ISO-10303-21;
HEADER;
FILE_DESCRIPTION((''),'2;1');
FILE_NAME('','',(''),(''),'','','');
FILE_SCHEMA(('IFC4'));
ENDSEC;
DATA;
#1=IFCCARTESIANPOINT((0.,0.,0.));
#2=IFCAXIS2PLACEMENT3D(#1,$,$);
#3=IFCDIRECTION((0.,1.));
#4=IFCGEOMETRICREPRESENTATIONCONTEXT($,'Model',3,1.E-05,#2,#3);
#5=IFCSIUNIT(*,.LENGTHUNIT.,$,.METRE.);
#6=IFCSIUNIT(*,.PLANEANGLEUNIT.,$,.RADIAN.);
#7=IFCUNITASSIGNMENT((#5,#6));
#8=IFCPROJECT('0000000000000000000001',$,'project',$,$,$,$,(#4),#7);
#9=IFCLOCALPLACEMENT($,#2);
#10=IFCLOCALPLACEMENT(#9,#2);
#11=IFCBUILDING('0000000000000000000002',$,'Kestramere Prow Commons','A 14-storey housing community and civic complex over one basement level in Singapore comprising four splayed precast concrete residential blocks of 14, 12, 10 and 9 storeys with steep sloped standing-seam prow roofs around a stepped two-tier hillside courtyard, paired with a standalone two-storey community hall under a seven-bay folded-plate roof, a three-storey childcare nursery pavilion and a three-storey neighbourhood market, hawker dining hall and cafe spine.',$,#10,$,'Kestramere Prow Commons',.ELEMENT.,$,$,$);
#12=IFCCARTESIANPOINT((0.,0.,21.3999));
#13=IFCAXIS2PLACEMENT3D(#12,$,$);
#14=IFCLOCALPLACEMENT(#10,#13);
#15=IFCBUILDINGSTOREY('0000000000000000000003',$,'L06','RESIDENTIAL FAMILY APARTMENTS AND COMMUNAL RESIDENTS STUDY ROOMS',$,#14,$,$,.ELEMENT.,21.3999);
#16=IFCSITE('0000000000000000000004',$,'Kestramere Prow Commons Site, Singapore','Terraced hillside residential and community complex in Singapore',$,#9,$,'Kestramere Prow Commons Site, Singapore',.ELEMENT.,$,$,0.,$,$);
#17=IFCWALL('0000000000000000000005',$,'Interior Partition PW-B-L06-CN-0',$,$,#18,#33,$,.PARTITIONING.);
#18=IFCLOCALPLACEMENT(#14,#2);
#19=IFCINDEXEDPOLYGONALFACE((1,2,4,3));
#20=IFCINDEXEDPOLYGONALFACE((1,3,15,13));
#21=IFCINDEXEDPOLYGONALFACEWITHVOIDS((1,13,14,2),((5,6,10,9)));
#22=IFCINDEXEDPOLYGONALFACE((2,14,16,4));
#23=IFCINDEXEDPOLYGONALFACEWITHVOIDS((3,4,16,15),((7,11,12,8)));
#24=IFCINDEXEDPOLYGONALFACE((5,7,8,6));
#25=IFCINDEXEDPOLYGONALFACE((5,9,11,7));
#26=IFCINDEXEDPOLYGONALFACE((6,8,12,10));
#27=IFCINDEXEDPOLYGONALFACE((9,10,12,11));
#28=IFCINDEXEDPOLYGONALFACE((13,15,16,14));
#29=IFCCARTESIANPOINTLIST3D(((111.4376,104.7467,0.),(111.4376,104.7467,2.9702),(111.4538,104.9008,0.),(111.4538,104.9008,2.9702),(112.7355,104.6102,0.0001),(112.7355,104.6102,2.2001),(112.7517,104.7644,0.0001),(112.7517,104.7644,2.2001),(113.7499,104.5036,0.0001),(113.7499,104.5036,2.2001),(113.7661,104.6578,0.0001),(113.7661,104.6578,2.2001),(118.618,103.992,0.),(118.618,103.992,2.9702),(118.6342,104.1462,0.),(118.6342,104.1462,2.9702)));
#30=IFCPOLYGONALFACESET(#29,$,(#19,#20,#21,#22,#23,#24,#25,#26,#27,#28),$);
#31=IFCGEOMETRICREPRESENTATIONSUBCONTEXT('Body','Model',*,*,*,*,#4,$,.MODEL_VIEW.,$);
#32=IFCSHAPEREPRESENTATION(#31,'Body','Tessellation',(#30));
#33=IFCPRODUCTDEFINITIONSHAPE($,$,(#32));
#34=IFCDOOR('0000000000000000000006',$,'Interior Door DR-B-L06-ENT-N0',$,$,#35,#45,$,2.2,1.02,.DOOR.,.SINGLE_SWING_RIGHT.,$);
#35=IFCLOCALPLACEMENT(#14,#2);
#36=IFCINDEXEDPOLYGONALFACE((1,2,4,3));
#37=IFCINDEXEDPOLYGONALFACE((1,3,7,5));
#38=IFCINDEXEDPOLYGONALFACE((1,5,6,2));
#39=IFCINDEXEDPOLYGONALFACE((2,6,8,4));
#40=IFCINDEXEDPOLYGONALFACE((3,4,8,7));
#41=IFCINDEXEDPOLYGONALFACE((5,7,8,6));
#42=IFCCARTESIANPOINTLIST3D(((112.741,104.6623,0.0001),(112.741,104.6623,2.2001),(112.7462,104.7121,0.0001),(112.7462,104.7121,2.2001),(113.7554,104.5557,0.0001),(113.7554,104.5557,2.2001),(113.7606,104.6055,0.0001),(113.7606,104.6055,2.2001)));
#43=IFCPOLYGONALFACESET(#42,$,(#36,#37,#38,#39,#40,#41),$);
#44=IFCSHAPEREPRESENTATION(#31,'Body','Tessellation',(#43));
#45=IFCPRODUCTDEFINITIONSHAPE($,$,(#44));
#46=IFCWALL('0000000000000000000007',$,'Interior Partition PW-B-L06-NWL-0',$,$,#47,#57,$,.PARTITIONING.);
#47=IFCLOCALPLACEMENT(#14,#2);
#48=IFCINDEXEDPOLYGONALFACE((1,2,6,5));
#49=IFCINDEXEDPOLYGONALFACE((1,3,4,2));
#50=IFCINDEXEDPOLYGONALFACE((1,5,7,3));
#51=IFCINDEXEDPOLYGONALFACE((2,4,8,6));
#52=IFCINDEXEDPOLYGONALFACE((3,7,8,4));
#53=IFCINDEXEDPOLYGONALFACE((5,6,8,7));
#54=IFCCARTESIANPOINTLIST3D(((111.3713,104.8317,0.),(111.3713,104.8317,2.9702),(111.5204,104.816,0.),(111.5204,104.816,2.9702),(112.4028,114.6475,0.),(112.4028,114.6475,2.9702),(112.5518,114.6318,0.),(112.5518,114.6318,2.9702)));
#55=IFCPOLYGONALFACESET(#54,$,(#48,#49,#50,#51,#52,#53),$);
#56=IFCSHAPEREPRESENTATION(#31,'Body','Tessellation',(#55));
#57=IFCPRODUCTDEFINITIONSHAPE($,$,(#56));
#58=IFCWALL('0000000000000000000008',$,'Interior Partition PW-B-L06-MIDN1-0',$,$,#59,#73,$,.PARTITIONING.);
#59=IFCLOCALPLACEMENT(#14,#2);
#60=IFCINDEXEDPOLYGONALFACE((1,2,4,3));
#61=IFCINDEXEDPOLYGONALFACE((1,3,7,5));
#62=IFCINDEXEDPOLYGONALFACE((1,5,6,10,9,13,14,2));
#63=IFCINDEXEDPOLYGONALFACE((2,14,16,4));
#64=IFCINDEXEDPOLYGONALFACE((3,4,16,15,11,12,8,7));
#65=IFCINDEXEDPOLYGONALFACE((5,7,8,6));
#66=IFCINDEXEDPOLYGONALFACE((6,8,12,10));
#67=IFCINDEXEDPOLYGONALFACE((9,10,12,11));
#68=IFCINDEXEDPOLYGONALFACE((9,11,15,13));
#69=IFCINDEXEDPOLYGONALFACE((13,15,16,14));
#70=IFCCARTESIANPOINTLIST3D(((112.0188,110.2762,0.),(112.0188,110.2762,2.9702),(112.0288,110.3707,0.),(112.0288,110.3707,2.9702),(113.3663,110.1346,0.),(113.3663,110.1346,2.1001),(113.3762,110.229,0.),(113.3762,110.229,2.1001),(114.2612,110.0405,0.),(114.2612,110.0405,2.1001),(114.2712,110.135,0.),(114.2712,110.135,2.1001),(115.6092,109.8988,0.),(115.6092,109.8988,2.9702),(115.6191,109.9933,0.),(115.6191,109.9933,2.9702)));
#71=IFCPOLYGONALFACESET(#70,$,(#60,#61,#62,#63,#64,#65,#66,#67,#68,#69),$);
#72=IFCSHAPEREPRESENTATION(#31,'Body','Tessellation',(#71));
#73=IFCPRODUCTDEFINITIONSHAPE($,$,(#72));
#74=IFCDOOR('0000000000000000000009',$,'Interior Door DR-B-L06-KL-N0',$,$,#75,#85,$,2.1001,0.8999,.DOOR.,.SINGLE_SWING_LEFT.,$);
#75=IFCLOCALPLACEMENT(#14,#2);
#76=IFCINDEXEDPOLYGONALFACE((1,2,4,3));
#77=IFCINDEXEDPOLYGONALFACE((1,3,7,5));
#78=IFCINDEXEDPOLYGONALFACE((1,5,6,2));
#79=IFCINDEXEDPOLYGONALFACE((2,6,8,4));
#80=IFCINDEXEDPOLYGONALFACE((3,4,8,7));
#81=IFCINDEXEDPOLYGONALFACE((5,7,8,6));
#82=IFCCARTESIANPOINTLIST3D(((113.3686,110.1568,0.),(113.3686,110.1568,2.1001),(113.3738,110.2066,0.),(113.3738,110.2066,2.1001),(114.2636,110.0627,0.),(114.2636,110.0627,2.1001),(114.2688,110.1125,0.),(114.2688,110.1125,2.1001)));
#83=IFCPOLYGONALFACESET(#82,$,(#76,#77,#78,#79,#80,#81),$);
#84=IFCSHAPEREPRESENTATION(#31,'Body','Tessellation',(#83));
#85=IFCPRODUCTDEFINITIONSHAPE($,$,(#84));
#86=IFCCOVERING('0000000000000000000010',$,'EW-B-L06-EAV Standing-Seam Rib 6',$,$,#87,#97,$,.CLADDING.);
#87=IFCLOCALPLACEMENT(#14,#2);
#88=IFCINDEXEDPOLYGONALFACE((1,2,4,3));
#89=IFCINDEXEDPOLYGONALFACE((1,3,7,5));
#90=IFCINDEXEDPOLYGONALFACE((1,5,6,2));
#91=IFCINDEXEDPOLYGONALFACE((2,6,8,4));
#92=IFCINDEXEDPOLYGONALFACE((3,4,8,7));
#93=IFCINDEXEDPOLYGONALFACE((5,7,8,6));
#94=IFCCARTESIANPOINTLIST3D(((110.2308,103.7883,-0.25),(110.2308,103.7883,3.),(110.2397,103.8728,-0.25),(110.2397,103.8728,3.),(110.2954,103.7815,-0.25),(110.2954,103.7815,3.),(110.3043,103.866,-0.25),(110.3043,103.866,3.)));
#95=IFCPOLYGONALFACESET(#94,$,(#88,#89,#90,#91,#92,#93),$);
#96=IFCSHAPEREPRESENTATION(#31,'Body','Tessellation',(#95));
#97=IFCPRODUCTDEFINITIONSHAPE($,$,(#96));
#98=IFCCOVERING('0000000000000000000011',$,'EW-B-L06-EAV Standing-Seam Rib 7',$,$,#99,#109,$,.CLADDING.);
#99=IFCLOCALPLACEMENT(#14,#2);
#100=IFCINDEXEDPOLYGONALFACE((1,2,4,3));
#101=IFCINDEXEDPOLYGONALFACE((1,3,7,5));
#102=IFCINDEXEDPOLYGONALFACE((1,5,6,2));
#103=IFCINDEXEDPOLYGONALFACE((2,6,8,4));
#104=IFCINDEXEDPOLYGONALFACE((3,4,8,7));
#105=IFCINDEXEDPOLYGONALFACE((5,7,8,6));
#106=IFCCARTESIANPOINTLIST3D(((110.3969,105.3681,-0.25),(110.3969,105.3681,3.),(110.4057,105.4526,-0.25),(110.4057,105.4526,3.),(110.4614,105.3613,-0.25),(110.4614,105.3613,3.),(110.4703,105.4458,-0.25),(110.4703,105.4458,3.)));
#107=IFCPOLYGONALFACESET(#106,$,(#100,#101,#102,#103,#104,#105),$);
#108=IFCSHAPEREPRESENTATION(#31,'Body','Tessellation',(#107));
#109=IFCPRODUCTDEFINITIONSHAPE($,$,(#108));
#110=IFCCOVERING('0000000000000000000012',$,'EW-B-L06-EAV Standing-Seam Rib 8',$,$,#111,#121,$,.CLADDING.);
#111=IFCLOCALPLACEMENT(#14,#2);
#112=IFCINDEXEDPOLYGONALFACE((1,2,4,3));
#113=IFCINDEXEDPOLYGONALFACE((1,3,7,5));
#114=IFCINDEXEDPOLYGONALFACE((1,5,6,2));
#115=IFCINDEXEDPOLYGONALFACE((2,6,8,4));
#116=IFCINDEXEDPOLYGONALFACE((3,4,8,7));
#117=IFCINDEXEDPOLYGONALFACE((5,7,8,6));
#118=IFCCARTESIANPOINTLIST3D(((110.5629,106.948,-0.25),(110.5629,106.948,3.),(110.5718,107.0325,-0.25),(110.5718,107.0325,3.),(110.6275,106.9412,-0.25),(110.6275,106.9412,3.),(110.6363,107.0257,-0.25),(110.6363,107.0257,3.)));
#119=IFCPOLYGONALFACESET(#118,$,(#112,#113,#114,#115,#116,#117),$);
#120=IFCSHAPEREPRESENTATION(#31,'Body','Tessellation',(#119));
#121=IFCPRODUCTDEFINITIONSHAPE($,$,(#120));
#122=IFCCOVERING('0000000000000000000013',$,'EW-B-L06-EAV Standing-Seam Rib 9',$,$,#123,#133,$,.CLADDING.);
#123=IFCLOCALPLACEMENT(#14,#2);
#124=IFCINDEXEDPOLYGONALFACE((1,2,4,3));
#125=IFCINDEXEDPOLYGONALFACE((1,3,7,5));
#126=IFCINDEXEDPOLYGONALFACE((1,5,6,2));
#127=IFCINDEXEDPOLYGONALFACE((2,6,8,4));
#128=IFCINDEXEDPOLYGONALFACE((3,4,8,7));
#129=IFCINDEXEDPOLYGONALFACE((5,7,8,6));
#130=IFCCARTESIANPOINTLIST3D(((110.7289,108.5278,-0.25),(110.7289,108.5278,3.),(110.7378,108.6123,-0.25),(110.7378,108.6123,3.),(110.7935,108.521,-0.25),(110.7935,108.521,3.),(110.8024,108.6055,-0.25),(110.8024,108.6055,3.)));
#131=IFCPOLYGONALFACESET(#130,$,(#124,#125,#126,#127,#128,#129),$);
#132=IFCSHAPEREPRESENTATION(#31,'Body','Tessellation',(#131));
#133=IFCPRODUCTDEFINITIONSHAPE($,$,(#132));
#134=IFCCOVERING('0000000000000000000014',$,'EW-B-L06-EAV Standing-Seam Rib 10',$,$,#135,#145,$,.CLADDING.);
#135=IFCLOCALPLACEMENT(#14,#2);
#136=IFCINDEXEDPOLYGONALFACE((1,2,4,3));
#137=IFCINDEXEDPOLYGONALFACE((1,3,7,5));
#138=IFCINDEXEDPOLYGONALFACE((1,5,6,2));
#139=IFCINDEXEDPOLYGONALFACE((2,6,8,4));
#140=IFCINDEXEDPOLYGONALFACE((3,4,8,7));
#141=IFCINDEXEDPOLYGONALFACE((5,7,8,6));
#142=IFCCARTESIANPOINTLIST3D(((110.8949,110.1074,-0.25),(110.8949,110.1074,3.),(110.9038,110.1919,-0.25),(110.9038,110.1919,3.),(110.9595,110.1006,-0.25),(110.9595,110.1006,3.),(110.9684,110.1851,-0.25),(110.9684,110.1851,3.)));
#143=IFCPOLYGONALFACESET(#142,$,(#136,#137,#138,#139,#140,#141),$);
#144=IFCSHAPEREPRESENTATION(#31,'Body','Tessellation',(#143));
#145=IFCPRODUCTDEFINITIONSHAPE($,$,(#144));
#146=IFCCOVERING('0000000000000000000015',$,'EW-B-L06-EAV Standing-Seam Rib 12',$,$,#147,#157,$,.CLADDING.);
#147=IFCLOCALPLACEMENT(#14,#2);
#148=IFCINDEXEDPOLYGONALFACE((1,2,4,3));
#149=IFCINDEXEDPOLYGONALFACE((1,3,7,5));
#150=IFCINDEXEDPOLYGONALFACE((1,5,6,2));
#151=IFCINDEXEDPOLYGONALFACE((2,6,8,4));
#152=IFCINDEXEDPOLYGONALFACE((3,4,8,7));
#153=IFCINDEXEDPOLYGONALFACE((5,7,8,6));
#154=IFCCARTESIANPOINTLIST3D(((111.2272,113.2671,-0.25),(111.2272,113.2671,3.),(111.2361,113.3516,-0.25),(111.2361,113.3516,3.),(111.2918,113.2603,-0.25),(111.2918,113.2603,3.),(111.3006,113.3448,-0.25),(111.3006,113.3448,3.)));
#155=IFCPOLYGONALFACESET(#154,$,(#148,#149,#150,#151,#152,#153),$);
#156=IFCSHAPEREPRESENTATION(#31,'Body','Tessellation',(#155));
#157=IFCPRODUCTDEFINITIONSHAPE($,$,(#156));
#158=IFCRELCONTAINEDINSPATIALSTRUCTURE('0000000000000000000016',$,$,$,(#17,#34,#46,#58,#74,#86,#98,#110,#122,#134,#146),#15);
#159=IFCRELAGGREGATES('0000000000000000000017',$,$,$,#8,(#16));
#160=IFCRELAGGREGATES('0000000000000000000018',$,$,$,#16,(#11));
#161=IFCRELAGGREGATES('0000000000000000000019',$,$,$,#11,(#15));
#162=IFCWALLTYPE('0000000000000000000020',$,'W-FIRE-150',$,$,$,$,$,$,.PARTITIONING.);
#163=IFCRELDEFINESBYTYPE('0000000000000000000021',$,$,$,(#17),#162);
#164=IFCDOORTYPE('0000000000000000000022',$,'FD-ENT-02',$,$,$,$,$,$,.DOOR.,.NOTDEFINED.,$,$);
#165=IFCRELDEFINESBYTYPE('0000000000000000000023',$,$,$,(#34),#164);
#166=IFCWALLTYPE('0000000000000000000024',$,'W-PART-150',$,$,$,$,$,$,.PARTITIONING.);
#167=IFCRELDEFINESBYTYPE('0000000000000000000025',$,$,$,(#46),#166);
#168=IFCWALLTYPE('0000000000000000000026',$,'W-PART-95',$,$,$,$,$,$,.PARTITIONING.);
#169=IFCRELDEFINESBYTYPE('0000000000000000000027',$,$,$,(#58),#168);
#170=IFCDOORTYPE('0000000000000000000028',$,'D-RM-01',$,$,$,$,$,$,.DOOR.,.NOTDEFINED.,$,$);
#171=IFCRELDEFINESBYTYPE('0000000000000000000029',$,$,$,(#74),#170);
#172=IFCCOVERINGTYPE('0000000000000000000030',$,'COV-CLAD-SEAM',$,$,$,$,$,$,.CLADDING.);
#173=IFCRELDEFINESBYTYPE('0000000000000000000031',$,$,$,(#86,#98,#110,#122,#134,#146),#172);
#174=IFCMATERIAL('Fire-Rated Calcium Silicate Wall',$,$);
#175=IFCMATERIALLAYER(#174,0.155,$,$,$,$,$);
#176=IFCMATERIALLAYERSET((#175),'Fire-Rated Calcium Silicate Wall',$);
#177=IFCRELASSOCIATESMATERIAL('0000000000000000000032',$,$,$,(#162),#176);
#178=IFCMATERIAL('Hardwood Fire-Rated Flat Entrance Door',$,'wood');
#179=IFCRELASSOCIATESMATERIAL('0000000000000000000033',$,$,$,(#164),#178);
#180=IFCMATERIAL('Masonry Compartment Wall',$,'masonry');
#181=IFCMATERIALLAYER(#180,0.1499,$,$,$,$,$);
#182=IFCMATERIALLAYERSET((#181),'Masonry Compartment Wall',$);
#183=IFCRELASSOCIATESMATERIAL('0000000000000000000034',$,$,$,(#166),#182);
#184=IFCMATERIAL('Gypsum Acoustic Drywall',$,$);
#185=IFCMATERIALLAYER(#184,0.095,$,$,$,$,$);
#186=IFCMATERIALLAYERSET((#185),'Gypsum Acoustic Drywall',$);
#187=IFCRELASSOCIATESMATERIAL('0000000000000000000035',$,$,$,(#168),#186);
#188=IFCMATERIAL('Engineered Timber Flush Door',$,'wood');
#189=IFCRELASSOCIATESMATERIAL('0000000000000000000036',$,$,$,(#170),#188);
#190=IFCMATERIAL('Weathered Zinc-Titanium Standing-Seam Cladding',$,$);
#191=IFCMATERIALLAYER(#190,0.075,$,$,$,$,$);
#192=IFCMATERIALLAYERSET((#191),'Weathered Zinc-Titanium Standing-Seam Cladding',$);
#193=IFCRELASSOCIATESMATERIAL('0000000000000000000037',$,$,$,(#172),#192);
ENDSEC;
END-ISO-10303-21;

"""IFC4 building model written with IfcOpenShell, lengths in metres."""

from ifc_helpers import new_model, si_unit, direction, frame, frame_2d, origin, origin_2d, place, context, subcontext, project, spatial, rectangle, extrude, material, layer, layer_set, type_object, element, fill, save


model = new_model("IFC4")

# Units and contexts
model_context = context("Model", 3, precision=1e-05, world=origin(), true_north=direction((0.0, 1.0)))
body_context = subcontext(model_context, "Body", "Model", "MODEL_VIEW")
ifc_project = project(units=[si_unit("LENGTHUNIT", "METRE"), si_unit("PLANEANGLEUNIT", "RADIAN")], contexts=[model_context])

# Site, building, storey
site_placement = place(None, origin())
site = spatial("IfcSite", under=ifc_project, at=site_placement, Name="Kestramere Prow Commons Site, Singapore", Description="Terraced hillside residential and community complex in Singapore", LongName="Kestramere Prow Commons Site, Singapore", CompositionType="ELEMENT", RefElevation=0.0)
building_placement = place(site_placement, origin())
building = spatial("IfcBuilding", under=site, at=building_placement, Name="Kestramere Prow Commons", Description="A 14-storey housing community and civic complex over one basement level in Singapore comprising four splayed precast concrete residential blocks of 14, 12, 10 and 9 storeys with steep sloped standing-seam prow roofs around a stepped two-tier hillside courtyard, paired with a standalone two-storey community hall under a seven-bay folded-plate roof, a three-storey childcare nursery pavilion and a three-storey neighbourhood market, hawker dining hall and cafe spine.", LongName="Kestramere Prow Commons", CompositionType="ELEMENT")
storey_placement = place(building_placement, frame((0.0, 0.0, 21.3999)))
storey = spatial("IfcBuildingStorey", under=building, at=storey_placement, Name="L06", Description="RESIDENTIAL FAMILY APARTMENTS AND COMMUNAL RESIDENTS STUDY ROOMS", CompositionType="ELEMENT", Elevation=21.3999)

# Wall, opening, door
ifc_material_1 = material(Name="Fire-Rated Calcium Silicate Wall")
ifc_layer_1 = layer(ifc_material_1, 0.155)
ifc_layer_set_1 = layer_set([ifc_layer_1], Name="Fire-Rated Calcium Silicate Wall")
wall_type_1 = type_object("IfcWallType", Name="W-FIRE-150", PredefinedType="PARTITIONING", material=ifc_layer_set_1)
ifc_material_2 = material(Name="Hardwood Fire-Rated Flat Entrance Door", Category="wood")
wall_1_placement = place(storey_placement, frame((111.4458, 104.8237, 0.0), z_axis=(0.0, 0.0, 1.0), x_axis=(0.994523, -0.104521, 0.0)))
wall_1 = element("IfcWall", 1, at=wall_1_placement, inside=storey, type_object=wall_type_1, Name="Interior Partition PW-B-L06-CN-0", PredefinedType="PARTITIONING", context=body_context, shape_type="SweptSolid", body=[
    extrude(rectangle(XDim=7.22, YDim=0.155, at=frame_2d((3.6099, 0.0))), origin(), (0.0, 0.0, 1.0), 2.9702),
])
opening_1_placement = place(wall_1_placement, frame((1.3049, 0.0, 0.0)))
opening_1 = element("IfcOpeningElement", 2, at=opening_1_placement, cuts=wall_1, PredefinedType="OPENING", context=body_context, shape_type="SweptSolid", body=[
    extrude(rectangle(XDim=1.02, YDim=2.2, at=frame_2d((0.51, 1.1001))), frame((0.0, 0.0925, 0.0), z_axis=(0.0, -1.0, 0.0), x_axis=(1.0, 0.0, 0.0)), (0.0, 0.0, 1.0), 0.1851),
])
door_type_1 = type_object("IfcDoorType", Name="FD-ENT-02", OperationType="NOTDEFINED", PredefinedType="DOOR", material=ifc_material_2)
door_1_placement = place(opening_1_placement, origin())
door_1 = element("IfcDoor", 3, at=door_1_placement, inside=storey, type_object=door_type_1, Name="Interior Door DR-B-L06-ENT-N0", OperationType="SINGLE_SWING_RIGHT", OverallHeight=2.2, OverallWidth=1.02, PredefinedType="DOOR", context=body_context, shape_type="SweptSolid", body=[
    extrude(rectangle(XDim=1.02, YDim=2.2, at=frame_2d((0.51, 1.1001))), frame((0.0, 0.0249, 0.0), z_axis=(0.0, -1.0, 0.0), x_axis=(1.0, 0.0, 0.0)), (0.0, 0.0, 1.0), 0.05),
])
fill(opening_1, door_1)

# Wall
ifc_material_3 = material(Name="Masonry Compartment Wall", Category="masonry")
ifc_layer_2 = layer(ifc_material_3, 0.1499)
ifc_layer_set_2 = layer_set([ifc_layer_2], Name="Masonry Compartment Wall")
wall_type_2 = type_object("IfcWallType", Name="W-PART-150", PredefinedType="PARTITIONING", material=ifc_layer_set_2)
wall_2_placement = place(storey_placement, frame((111.4458, 104.8237, 0.0), z_axis=(0.0, 0.0, 1.0), x_axis=(0.104508, 0.994524, 0.0)))
element("IfcWall", 4, at=wall_2_placement, inside=storey, type_object=wall_type_2, Name="Interior Partition PW-B-L06-NWL-0", PredefinedType="PARTITIONING", context=body_context, shape_type="SweptSolid", body=[
    extrude(rectangle(XDim=9.8699, YDim=0.1499, at=frame_2d((4.9351, 0.0))), origin(), (0.0, 0.0, 1.0), 2.9702),
])

# Wall, opening, door
ifc_material_4 = material(Name="Gypsum Acoustic Drywall")
ifc_layer_3 = layer(ifc_material_4, 0.095)
ifc_layer_set_3 = layer_set([ifc_layer_3], Name="Gypsum Acoustic Drywall")
wall_type_3 = type_object("IfcWallType", Name="W-PART-95", PredefinedType="PARTITIONING", material=ifc_layer_set_3)
wall_3_placement = place(storey_placement, frame((112.0237, 110.3235, 0.0), z_axis=(0.0, 0.0, 1.0), x_axis=(0.99452, -0.104551, 0.0)))
wall_3 = element("IfcWall", 5, at=wall_3_placement, inside=storey, type_object=wall_type_3, Name="Interior Partition PW-B-L06-MIDN1-0", PredefinedType="PARTITIONING", context=body_context, shape_type="SweptSolid", body=[
    extrude(rectangle(XDim=3.6101, YDim=0.095, at=frame_2d((1.8052, 0.0))), origin(), (0.0, 0.0, 1.0), 2.9702),
])
opening_2_placement = place(wall_3_placement, frame((1.355, 0.0, 0.0)))
opening_2 = element("IfcOpeningElement", 6, at=opening_2_placement, cuts=wall_3, PredefinedType="OPENING", context=body_context, shape_type="SweptSolid", body=[
    extrude(rectangle(XDim=0.8999, YDim=2.1001, at=frame_2d((0.45, 1.05))), frame((0.0, 0.0625, 0.0), z_axis=(0.0, -1.0, 0.0), x_axis=(1.0, 0.0, 0.0)), (0.0, 0.0, 1.0), 0.125),
])
ifc_material_5 = material(Name="Engineered Timber Flush Door", Category="wood")
door_type_2 = type_object("IfcDoorType", Name="D-RM-01", OperationType="NOTDEFINED", PredefinedType="DOOR", material=ifc_material_5)
door_2_placement = place(opening_2_placement, origin())
door_2 = element("IfcDoor", 7, at=door_2_placement, inside=storey, type_object=door_type_2, Name="Interior Door DR-B-L06-KL-N0", OperationType="SINGLE_SWING_LEFT", OverallHeight=2.1001, OverallWidth=0.8999, PredefinedType="DOOR", context=body_context, shape_type="SweptSolid", body=[
    extrude(rectangle(XDim=0.8999, YDim=2.1001, at=frame_2d((0.45, 1.05))), frame((0.0, 0.0249, 0.0), z_axis=(0.0, -1.0, 0.0), x_axis=(1.0, 0.0, 0.0)), (0.0, 0.0, 1.0), 0.05),
])
fill(opening_2, door_2)

# Coverings
ifc_material_6 = material(Name="Weathered Zinc-Titanium Standing-Seam Cladding")
ifc_layer_4 = layer(ifc_material_6, 0.075)
ifc_layer_set_4 = layer_set([ifc_layer_4], Name="Weathered Zinc-Titanium Standing-Seam Cladding")
covering_type = type_object("IfcCoveringType", Name="COV-CLAD-SEAM", PredefinedType="CLADDING", material=ifc_layer_set_4)
for number, where, z_axis, x_axis, name in (
    (8, (110.2676, 103.8271, -0.25), (0.0, 0.0, 1.0), (0.104528, 0.994522, 0.0), "EW-B-L06-EAV Standing-Seam Rib 6"),
    (9, (110.4336, 105.407, -0.25), (0.0, 0.0, 1.0), (0.104528, 0.994522, 0.0), "EW-B-L06-EAV Standing-Seam Rib 7"),
    (10, (110.5996, 106.9868, -0.25), (0.0, 0.0, 1.0), (0.104528, 0.994522, 0.0), "EW-B-L06-EAV Standing-Seam Rib 8"),
    (11, (110.7656, 108.5667, -0.25), (0.0, 0.0, 1.0), (0.104528, 0.994522, 0.0), "EW-B-L06-EAV Standing-Seam Rib 9"),
    (12, (110.9316, 110.1462, -0.25), (0.0, 0.0, 1.0), (0.104528, 0.994522, 0.0), "EW-B-L06-EAV Standing-Seam Rib 10"),
    (13, (111.2639, 113.3059, -0.25), (0.0, 0.0, 1.0), (0.104528, 0.994522, 0.0), "EW-B-L06-EAV Standing-Seam Rib 12"),
):
    element("IfcCovering", number, at=place(storey_placement, frame(where, z_axis=z_axis, x_axis=x_axis)), inside=storey, type_object=covering_type, Name=name, PredefinedType="CLADDING", context=body_context, shape_type="SweptSolid", body=[
        extrude(rectangle(XDim=0.085, YDim=0.0649, at=origin_2d()), origin(), (0.0, 0.0, 1.0), 3.25),
    ])

save(model, "model.ifc")
